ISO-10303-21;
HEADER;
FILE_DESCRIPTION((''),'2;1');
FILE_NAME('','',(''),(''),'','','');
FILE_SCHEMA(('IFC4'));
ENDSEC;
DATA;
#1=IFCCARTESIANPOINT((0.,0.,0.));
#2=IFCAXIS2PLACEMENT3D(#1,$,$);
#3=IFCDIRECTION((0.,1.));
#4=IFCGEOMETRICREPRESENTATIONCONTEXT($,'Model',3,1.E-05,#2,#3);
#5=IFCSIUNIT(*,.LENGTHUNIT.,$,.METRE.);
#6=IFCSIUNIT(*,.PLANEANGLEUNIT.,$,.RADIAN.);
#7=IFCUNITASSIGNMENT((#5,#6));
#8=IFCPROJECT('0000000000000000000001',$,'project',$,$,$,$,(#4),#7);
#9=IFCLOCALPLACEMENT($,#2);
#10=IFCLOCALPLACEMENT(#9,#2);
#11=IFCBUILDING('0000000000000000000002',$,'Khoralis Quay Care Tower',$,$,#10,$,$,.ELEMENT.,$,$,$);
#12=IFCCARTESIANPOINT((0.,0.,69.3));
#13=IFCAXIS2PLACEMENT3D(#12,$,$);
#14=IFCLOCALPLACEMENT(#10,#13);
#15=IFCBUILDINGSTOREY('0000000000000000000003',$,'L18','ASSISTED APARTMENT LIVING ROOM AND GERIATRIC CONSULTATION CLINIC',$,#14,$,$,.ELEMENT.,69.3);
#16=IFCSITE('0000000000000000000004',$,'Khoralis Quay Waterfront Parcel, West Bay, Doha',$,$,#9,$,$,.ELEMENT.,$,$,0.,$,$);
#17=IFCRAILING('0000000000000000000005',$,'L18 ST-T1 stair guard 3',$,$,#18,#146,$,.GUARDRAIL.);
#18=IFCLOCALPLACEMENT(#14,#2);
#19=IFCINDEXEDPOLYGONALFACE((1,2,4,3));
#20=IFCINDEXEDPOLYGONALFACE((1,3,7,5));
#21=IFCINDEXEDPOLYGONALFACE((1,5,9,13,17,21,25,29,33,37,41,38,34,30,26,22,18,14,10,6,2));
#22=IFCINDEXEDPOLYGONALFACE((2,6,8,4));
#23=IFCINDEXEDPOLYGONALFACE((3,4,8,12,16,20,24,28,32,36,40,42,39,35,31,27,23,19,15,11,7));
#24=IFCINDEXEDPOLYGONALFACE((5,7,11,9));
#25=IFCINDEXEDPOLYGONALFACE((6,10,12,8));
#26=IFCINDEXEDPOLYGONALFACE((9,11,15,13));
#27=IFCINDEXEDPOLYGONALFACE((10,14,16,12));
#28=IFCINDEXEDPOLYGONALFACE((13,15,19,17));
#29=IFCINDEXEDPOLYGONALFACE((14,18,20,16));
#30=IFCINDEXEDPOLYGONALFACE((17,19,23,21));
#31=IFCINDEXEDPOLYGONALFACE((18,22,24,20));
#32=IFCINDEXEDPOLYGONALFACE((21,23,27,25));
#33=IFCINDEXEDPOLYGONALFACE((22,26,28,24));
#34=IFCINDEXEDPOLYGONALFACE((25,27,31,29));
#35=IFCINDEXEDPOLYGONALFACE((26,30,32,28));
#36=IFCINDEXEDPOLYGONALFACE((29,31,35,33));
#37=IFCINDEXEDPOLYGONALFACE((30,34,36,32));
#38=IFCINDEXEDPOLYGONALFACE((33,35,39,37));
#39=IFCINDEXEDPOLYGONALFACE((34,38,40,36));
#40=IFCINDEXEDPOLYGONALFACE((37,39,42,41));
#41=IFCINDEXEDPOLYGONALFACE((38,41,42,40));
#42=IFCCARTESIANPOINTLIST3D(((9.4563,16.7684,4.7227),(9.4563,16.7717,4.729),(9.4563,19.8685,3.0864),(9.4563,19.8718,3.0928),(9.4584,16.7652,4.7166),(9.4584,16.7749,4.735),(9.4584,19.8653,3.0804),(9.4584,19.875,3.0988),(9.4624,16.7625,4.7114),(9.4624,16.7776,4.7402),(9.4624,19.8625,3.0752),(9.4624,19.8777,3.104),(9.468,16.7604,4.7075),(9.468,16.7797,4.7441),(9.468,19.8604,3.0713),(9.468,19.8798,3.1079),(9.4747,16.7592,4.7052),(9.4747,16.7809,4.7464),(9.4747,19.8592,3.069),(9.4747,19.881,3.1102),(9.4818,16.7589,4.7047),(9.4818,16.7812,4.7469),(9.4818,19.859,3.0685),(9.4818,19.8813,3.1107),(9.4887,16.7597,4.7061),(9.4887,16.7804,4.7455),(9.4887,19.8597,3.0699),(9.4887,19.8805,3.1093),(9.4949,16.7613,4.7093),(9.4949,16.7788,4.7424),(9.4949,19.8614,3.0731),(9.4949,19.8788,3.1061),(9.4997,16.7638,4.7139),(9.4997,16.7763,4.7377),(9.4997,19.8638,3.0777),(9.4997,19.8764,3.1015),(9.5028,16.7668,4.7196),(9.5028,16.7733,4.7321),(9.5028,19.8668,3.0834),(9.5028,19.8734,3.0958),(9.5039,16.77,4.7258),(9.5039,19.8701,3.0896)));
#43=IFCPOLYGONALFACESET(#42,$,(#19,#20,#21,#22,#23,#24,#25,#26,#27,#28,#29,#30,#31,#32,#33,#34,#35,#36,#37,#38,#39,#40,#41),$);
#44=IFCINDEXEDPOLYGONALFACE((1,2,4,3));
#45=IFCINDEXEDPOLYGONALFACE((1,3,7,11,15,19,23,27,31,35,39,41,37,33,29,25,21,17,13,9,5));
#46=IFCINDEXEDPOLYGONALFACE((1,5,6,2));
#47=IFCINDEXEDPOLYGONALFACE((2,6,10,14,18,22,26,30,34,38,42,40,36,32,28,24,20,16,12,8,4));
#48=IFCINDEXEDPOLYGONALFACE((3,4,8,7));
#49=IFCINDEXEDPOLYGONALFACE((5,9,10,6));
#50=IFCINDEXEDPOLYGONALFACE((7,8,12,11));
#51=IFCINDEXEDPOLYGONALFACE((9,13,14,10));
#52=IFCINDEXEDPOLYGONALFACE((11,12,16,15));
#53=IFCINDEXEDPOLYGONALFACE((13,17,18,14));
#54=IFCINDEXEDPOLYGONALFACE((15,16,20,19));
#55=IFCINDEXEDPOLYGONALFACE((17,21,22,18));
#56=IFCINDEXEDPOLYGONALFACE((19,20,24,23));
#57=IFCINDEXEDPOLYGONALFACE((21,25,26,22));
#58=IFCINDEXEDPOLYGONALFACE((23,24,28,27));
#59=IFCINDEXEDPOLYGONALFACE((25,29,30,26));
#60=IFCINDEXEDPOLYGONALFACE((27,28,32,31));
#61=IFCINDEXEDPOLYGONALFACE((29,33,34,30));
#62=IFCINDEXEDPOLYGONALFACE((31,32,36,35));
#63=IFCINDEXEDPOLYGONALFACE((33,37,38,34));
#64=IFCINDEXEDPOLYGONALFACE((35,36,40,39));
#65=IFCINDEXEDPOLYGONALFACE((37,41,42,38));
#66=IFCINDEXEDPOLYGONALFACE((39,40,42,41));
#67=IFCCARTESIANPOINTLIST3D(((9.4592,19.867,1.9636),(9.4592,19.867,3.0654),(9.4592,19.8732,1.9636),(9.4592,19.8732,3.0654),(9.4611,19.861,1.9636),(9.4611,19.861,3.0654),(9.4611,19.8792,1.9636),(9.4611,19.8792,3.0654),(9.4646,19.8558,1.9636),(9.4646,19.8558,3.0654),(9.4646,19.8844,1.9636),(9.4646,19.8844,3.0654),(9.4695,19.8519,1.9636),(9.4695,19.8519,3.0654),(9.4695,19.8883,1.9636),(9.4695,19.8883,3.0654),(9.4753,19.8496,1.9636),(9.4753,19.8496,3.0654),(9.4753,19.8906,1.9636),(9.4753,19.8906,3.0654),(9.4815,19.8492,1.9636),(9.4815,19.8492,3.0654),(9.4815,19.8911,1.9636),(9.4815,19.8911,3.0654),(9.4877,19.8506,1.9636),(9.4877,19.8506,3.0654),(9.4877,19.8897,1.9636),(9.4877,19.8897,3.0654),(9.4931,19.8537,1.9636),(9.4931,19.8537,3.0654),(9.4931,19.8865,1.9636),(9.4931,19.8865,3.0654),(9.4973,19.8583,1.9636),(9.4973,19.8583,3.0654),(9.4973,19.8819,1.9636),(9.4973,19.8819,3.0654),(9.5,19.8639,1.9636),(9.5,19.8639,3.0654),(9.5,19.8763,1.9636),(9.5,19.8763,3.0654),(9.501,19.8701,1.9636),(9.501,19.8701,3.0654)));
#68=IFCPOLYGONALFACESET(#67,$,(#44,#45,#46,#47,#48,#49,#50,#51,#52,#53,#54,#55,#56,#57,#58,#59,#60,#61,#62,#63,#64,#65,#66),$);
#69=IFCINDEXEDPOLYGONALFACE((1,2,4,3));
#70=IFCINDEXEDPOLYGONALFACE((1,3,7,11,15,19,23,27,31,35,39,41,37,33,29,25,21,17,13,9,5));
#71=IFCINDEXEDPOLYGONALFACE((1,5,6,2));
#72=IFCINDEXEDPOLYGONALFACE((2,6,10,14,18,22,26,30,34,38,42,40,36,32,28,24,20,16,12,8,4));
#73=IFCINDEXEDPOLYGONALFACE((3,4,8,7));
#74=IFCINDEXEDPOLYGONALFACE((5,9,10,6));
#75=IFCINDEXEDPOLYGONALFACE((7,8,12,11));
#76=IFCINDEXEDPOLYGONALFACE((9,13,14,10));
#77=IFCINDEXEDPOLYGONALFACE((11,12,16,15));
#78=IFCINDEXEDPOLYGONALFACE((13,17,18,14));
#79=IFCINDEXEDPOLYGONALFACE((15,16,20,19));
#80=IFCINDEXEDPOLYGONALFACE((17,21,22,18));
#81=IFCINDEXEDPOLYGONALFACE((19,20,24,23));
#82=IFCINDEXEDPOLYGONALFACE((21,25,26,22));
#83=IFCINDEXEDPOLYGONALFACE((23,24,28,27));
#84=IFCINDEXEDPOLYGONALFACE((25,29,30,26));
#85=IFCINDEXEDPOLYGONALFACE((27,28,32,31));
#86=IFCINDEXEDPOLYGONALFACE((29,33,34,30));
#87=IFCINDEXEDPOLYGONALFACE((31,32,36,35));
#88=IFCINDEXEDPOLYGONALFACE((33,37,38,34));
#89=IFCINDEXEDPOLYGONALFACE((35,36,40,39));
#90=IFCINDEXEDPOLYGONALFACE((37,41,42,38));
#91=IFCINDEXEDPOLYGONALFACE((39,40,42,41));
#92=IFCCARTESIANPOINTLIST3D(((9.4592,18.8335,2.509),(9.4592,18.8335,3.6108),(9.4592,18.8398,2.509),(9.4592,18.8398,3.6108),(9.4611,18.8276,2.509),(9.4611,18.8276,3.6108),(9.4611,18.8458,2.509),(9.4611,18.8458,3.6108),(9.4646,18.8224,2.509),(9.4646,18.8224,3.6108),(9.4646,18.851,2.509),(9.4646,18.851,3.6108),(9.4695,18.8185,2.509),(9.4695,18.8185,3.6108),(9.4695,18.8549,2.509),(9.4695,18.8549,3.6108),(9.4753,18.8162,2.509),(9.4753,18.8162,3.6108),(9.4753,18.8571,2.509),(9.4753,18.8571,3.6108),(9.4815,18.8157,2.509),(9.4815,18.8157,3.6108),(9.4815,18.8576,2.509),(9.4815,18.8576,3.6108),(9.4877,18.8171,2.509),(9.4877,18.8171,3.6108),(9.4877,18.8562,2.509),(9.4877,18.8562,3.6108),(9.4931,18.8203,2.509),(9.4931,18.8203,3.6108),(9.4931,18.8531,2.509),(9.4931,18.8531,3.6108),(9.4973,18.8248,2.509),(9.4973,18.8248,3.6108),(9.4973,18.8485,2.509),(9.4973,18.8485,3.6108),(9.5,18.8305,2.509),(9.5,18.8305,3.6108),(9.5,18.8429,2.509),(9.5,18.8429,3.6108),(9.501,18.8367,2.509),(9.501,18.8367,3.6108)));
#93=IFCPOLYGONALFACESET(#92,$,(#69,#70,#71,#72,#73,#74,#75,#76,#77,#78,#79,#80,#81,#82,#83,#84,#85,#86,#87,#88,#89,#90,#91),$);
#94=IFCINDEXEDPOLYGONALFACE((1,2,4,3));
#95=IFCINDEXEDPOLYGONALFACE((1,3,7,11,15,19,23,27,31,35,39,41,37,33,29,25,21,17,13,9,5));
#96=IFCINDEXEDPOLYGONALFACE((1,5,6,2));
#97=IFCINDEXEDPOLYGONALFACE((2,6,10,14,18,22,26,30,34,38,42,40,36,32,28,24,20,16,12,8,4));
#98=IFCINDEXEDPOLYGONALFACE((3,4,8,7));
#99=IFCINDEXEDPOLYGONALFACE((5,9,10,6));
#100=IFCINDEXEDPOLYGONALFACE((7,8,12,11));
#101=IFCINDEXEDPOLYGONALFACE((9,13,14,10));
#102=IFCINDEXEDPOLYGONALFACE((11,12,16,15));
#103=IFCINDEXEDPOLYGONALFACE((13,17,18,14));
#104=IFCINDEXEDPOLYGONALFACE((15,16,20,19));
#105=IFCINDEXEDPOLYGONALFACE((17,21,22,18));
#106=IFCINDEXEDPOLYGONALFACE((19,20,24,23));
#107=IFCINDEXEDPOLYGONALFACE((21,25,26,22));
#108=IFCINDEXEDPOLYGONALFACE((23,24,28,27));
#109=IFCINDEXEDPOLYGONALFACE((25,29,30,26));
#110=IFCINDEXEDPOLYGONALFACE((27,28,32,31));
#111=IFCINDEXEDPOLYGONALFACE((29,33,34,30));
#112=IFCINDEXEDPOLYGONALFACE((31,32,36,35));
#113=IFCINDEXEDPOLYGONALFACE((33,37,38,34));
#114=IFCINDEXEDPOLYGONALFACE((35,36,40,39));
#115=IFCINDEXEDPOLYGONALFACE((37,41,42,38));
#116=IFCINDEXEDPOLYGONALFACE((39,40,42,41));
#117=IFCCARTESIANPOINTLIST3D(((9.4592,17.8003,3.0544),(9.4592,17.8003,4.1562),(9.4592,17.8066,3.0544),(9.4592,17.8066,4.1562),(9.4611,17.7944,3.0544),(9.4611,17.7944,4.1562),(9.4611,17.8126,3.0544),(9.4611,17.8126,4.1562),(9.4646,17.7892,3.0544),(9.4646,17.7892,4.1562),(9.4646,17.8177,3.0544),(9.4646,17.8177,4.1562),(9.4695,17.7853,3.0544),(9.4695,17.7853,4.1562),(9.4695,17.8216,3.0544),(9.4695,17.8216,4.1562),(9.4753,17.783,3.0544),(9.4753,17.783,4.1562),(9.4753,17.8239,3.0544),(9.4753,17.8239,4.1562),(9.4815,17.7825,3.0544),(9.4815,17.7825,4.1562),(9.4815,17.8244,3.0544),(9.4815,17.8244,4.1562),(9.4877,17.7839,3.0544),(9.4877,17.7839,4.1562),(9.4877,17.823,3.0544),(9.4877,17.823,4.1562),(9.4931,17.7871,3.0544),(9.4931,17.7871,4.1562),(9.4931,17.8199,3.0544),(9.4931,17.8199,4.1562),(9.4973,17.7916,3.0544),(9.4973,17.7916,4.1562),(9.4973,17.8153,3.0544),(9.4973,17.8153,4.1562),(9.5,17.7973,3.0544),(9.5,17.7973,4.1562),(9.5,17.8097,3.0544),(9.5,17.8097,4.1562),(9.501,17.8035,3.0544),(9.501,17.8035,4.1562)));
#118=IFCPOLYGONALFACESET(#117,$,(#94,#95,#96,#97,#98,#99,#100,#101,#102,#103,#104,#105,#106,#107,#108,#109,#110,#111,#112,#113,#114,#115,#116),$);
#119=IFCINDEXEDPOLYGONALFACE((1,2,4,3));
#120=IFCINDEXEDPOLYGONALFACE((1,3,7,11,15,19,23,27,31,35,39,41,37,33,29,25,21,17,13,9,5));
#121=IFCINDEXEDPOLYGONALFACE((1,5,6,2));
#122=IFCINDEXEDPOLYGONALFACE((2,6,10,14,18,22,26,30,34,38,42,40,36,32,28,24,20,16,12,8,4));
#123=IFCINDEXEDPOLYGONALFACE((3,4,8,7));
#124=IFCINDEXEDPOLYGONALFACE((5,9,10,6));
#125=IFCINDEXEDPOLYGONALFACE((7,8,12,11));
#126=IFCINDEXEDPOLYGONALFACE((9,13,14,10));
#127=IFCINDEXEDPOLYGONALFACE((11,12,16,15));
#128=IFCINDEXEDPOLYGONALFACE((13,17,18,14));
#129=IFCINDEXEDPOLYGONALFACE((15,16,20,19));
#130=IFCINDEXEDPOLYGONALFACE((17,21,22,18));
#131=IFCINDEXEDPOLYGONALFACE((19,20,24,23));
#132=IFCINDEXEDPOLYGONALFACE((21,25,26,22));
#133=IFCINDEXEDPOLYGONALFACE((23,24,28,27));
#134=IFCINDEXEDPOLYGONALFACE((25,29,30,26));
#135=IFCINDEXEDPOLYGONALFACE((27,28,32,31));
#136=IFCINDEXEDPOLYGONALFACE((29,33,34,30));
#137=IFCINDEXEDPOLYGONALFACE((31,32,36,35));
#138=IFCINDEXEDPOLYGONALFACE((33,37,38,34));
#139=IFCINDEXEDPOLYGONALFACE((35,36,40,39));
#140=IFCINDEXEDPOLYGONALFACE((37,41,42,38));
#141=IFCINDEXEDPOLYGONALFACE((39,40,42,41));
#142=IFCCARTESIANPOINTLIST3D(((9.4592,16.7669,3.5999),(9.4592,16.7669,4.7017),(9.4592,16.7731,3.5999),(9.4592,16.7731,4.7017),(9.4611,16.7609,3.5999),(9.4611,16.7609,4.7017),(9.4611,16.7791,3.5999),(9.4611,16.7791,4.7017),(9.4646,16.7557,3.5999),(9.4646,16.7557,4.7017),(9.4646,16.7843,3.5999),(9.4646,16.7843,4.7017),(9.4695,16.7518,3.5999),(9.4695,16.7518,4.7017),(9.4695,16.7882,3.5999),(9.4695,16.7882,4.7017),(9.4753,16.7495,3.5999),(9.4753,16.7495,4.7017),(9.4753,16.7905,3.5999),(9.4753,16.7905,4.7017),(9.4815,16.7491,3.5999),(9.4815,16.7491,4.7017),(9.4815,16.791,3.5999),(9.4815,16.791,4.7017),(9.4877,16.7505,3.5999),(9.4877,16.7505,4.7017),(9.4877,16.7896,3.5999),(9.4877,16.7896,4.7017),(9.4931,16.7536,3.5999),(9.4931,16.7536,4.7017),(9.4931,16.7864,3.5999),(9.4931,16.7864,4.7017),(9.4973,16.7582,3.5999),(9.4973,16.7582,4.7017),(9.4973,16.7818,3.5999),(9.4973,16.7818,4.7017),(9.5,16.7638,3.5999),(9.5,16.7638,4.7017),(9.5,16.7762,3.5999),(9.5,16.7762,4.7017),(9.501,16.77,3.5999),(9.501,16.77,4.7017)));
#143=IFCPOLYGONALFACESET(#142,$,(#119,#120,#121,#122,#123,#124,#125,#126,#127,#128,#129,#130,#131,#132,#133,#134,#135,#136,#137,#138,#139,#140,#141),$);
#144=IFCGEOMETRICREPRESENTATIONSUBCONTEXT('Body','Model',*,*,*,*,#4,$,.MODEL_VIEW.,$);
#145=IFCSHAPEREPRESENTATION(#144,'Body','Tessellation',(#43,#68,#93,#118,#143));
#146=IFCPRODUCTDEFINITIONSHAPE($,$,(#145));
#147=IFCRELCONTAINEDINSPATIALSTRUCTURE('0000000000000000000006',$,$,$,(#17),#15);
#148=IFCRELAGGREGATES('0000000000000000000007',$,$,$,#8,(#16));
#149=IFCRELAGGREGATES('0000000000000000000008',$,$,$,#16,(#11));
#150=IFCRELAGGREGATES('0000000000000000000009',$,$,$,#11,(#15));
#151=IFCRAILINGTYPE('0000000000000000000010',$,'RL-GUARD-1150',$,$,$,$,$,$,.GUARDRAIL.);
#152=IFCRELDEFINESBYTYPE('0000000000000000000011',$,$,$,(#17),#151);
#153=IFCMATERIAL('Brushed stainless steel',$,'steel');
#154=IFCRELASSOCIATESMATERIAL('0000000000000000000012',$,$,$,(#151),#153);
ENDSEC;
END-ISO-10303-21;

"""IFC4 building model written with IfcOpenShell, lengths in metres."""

from ifc_helpers import new_model, si_unit, direction, frame, origin, origin_2d, place, context, subcontext, project, spatial, circle, extrude, material, type_object, element, save


model = new_model("IFC4")

# Units and contexts
model_context = context("Model", 3, precision=1e-05, world=origin(), true_north=direction((0.0, 1.0)))
body_context = subcontext(model_context, "Body", "Model", "MODEL_VIEW")
ifc_project = project(units=[si_unit("LENGTHUNIT", "METRE"), si_unit("PLANEANGLEUNIT", "RADIAN")], contexts=[model_context])

# Site, building, storey
site_placement = place(None, origin())
site = spatial("IfcSite", under=ifc_project, at=site_placement, Name="Khoralis Quay Waterfront Parcel, West Bay, Doha", CompositionType="ELEMENT", RefElevation=0.0)
building_placement = place(site_placement, origin())
building = spatial("IfcBuilding", under=site, at=building_placement, Name="Khoralis Quay Care Tower", CompositionType="ELEMENT")
storey_placement = place(building_placement, frame((0.0, 0.0, 69.3)))
storey = spatial("IfcBuildingStorey", under=building, at=storey_placement, Name="L18", Description="ASSISTED APARTMENT LIVING ROOM AND GERIATRIC CONSULTATION CLINIC", CompositionType="ELEMENT", Elevation=69.3)

# Railing
ifc_material_1 = material(Name="Brushed stainless steel", Category="steel")
railing_type_1 = type_object("IfcRailingType", Name="RL-GUARD-1150", PredefinedType="GUARDRAIL", material=ifc_material_1)
railing_1_placement = place(storey_placement, frame((9.48, 19.8701, 1.9636)))
element("IfcRailing", 1, at=railing_1_placement, inside=storey, type_object=railing_type_1, Name="L18 ST-T1 stair guard 3", PredefinedType="GUARDRAIL", context=body_context, shape_type="SweptSolid", body=[
    extrude(circle(Radius=0.0239, at=origin_2d()), frame((0.0, 0.0, 1.126), z_axis=(0.0, -0.884377, 0.466774), x_axis=(1.0, 0.0, 0.0)), (0.0, 0.0, 1.0), 3.5054),
    extrude(circle(Radius=0.021, at=origin_2d()), origin(), (0.0, 0.0, 1.0), 1.1018),
    extrude(circle(Radius=0.021, at=origin_2d()), frame((0.0, -1.0334, 0.5454)), (0.0, 0.0, 1.0), 1.1018),
    extrude(circle(Radius=0.021, at=origin_2d()), frame((0.0, -2.0667, 1.0908)), (0.0, 0.0, 1.0), 1.1018),
    extrude(circle(Radius=0.021, at=origin_2d()), frame((0.0, -3.1001, 1.6362)), (0.0, 0.0, 1.0), 1.1018),
])

save(model, "model.ifc")
